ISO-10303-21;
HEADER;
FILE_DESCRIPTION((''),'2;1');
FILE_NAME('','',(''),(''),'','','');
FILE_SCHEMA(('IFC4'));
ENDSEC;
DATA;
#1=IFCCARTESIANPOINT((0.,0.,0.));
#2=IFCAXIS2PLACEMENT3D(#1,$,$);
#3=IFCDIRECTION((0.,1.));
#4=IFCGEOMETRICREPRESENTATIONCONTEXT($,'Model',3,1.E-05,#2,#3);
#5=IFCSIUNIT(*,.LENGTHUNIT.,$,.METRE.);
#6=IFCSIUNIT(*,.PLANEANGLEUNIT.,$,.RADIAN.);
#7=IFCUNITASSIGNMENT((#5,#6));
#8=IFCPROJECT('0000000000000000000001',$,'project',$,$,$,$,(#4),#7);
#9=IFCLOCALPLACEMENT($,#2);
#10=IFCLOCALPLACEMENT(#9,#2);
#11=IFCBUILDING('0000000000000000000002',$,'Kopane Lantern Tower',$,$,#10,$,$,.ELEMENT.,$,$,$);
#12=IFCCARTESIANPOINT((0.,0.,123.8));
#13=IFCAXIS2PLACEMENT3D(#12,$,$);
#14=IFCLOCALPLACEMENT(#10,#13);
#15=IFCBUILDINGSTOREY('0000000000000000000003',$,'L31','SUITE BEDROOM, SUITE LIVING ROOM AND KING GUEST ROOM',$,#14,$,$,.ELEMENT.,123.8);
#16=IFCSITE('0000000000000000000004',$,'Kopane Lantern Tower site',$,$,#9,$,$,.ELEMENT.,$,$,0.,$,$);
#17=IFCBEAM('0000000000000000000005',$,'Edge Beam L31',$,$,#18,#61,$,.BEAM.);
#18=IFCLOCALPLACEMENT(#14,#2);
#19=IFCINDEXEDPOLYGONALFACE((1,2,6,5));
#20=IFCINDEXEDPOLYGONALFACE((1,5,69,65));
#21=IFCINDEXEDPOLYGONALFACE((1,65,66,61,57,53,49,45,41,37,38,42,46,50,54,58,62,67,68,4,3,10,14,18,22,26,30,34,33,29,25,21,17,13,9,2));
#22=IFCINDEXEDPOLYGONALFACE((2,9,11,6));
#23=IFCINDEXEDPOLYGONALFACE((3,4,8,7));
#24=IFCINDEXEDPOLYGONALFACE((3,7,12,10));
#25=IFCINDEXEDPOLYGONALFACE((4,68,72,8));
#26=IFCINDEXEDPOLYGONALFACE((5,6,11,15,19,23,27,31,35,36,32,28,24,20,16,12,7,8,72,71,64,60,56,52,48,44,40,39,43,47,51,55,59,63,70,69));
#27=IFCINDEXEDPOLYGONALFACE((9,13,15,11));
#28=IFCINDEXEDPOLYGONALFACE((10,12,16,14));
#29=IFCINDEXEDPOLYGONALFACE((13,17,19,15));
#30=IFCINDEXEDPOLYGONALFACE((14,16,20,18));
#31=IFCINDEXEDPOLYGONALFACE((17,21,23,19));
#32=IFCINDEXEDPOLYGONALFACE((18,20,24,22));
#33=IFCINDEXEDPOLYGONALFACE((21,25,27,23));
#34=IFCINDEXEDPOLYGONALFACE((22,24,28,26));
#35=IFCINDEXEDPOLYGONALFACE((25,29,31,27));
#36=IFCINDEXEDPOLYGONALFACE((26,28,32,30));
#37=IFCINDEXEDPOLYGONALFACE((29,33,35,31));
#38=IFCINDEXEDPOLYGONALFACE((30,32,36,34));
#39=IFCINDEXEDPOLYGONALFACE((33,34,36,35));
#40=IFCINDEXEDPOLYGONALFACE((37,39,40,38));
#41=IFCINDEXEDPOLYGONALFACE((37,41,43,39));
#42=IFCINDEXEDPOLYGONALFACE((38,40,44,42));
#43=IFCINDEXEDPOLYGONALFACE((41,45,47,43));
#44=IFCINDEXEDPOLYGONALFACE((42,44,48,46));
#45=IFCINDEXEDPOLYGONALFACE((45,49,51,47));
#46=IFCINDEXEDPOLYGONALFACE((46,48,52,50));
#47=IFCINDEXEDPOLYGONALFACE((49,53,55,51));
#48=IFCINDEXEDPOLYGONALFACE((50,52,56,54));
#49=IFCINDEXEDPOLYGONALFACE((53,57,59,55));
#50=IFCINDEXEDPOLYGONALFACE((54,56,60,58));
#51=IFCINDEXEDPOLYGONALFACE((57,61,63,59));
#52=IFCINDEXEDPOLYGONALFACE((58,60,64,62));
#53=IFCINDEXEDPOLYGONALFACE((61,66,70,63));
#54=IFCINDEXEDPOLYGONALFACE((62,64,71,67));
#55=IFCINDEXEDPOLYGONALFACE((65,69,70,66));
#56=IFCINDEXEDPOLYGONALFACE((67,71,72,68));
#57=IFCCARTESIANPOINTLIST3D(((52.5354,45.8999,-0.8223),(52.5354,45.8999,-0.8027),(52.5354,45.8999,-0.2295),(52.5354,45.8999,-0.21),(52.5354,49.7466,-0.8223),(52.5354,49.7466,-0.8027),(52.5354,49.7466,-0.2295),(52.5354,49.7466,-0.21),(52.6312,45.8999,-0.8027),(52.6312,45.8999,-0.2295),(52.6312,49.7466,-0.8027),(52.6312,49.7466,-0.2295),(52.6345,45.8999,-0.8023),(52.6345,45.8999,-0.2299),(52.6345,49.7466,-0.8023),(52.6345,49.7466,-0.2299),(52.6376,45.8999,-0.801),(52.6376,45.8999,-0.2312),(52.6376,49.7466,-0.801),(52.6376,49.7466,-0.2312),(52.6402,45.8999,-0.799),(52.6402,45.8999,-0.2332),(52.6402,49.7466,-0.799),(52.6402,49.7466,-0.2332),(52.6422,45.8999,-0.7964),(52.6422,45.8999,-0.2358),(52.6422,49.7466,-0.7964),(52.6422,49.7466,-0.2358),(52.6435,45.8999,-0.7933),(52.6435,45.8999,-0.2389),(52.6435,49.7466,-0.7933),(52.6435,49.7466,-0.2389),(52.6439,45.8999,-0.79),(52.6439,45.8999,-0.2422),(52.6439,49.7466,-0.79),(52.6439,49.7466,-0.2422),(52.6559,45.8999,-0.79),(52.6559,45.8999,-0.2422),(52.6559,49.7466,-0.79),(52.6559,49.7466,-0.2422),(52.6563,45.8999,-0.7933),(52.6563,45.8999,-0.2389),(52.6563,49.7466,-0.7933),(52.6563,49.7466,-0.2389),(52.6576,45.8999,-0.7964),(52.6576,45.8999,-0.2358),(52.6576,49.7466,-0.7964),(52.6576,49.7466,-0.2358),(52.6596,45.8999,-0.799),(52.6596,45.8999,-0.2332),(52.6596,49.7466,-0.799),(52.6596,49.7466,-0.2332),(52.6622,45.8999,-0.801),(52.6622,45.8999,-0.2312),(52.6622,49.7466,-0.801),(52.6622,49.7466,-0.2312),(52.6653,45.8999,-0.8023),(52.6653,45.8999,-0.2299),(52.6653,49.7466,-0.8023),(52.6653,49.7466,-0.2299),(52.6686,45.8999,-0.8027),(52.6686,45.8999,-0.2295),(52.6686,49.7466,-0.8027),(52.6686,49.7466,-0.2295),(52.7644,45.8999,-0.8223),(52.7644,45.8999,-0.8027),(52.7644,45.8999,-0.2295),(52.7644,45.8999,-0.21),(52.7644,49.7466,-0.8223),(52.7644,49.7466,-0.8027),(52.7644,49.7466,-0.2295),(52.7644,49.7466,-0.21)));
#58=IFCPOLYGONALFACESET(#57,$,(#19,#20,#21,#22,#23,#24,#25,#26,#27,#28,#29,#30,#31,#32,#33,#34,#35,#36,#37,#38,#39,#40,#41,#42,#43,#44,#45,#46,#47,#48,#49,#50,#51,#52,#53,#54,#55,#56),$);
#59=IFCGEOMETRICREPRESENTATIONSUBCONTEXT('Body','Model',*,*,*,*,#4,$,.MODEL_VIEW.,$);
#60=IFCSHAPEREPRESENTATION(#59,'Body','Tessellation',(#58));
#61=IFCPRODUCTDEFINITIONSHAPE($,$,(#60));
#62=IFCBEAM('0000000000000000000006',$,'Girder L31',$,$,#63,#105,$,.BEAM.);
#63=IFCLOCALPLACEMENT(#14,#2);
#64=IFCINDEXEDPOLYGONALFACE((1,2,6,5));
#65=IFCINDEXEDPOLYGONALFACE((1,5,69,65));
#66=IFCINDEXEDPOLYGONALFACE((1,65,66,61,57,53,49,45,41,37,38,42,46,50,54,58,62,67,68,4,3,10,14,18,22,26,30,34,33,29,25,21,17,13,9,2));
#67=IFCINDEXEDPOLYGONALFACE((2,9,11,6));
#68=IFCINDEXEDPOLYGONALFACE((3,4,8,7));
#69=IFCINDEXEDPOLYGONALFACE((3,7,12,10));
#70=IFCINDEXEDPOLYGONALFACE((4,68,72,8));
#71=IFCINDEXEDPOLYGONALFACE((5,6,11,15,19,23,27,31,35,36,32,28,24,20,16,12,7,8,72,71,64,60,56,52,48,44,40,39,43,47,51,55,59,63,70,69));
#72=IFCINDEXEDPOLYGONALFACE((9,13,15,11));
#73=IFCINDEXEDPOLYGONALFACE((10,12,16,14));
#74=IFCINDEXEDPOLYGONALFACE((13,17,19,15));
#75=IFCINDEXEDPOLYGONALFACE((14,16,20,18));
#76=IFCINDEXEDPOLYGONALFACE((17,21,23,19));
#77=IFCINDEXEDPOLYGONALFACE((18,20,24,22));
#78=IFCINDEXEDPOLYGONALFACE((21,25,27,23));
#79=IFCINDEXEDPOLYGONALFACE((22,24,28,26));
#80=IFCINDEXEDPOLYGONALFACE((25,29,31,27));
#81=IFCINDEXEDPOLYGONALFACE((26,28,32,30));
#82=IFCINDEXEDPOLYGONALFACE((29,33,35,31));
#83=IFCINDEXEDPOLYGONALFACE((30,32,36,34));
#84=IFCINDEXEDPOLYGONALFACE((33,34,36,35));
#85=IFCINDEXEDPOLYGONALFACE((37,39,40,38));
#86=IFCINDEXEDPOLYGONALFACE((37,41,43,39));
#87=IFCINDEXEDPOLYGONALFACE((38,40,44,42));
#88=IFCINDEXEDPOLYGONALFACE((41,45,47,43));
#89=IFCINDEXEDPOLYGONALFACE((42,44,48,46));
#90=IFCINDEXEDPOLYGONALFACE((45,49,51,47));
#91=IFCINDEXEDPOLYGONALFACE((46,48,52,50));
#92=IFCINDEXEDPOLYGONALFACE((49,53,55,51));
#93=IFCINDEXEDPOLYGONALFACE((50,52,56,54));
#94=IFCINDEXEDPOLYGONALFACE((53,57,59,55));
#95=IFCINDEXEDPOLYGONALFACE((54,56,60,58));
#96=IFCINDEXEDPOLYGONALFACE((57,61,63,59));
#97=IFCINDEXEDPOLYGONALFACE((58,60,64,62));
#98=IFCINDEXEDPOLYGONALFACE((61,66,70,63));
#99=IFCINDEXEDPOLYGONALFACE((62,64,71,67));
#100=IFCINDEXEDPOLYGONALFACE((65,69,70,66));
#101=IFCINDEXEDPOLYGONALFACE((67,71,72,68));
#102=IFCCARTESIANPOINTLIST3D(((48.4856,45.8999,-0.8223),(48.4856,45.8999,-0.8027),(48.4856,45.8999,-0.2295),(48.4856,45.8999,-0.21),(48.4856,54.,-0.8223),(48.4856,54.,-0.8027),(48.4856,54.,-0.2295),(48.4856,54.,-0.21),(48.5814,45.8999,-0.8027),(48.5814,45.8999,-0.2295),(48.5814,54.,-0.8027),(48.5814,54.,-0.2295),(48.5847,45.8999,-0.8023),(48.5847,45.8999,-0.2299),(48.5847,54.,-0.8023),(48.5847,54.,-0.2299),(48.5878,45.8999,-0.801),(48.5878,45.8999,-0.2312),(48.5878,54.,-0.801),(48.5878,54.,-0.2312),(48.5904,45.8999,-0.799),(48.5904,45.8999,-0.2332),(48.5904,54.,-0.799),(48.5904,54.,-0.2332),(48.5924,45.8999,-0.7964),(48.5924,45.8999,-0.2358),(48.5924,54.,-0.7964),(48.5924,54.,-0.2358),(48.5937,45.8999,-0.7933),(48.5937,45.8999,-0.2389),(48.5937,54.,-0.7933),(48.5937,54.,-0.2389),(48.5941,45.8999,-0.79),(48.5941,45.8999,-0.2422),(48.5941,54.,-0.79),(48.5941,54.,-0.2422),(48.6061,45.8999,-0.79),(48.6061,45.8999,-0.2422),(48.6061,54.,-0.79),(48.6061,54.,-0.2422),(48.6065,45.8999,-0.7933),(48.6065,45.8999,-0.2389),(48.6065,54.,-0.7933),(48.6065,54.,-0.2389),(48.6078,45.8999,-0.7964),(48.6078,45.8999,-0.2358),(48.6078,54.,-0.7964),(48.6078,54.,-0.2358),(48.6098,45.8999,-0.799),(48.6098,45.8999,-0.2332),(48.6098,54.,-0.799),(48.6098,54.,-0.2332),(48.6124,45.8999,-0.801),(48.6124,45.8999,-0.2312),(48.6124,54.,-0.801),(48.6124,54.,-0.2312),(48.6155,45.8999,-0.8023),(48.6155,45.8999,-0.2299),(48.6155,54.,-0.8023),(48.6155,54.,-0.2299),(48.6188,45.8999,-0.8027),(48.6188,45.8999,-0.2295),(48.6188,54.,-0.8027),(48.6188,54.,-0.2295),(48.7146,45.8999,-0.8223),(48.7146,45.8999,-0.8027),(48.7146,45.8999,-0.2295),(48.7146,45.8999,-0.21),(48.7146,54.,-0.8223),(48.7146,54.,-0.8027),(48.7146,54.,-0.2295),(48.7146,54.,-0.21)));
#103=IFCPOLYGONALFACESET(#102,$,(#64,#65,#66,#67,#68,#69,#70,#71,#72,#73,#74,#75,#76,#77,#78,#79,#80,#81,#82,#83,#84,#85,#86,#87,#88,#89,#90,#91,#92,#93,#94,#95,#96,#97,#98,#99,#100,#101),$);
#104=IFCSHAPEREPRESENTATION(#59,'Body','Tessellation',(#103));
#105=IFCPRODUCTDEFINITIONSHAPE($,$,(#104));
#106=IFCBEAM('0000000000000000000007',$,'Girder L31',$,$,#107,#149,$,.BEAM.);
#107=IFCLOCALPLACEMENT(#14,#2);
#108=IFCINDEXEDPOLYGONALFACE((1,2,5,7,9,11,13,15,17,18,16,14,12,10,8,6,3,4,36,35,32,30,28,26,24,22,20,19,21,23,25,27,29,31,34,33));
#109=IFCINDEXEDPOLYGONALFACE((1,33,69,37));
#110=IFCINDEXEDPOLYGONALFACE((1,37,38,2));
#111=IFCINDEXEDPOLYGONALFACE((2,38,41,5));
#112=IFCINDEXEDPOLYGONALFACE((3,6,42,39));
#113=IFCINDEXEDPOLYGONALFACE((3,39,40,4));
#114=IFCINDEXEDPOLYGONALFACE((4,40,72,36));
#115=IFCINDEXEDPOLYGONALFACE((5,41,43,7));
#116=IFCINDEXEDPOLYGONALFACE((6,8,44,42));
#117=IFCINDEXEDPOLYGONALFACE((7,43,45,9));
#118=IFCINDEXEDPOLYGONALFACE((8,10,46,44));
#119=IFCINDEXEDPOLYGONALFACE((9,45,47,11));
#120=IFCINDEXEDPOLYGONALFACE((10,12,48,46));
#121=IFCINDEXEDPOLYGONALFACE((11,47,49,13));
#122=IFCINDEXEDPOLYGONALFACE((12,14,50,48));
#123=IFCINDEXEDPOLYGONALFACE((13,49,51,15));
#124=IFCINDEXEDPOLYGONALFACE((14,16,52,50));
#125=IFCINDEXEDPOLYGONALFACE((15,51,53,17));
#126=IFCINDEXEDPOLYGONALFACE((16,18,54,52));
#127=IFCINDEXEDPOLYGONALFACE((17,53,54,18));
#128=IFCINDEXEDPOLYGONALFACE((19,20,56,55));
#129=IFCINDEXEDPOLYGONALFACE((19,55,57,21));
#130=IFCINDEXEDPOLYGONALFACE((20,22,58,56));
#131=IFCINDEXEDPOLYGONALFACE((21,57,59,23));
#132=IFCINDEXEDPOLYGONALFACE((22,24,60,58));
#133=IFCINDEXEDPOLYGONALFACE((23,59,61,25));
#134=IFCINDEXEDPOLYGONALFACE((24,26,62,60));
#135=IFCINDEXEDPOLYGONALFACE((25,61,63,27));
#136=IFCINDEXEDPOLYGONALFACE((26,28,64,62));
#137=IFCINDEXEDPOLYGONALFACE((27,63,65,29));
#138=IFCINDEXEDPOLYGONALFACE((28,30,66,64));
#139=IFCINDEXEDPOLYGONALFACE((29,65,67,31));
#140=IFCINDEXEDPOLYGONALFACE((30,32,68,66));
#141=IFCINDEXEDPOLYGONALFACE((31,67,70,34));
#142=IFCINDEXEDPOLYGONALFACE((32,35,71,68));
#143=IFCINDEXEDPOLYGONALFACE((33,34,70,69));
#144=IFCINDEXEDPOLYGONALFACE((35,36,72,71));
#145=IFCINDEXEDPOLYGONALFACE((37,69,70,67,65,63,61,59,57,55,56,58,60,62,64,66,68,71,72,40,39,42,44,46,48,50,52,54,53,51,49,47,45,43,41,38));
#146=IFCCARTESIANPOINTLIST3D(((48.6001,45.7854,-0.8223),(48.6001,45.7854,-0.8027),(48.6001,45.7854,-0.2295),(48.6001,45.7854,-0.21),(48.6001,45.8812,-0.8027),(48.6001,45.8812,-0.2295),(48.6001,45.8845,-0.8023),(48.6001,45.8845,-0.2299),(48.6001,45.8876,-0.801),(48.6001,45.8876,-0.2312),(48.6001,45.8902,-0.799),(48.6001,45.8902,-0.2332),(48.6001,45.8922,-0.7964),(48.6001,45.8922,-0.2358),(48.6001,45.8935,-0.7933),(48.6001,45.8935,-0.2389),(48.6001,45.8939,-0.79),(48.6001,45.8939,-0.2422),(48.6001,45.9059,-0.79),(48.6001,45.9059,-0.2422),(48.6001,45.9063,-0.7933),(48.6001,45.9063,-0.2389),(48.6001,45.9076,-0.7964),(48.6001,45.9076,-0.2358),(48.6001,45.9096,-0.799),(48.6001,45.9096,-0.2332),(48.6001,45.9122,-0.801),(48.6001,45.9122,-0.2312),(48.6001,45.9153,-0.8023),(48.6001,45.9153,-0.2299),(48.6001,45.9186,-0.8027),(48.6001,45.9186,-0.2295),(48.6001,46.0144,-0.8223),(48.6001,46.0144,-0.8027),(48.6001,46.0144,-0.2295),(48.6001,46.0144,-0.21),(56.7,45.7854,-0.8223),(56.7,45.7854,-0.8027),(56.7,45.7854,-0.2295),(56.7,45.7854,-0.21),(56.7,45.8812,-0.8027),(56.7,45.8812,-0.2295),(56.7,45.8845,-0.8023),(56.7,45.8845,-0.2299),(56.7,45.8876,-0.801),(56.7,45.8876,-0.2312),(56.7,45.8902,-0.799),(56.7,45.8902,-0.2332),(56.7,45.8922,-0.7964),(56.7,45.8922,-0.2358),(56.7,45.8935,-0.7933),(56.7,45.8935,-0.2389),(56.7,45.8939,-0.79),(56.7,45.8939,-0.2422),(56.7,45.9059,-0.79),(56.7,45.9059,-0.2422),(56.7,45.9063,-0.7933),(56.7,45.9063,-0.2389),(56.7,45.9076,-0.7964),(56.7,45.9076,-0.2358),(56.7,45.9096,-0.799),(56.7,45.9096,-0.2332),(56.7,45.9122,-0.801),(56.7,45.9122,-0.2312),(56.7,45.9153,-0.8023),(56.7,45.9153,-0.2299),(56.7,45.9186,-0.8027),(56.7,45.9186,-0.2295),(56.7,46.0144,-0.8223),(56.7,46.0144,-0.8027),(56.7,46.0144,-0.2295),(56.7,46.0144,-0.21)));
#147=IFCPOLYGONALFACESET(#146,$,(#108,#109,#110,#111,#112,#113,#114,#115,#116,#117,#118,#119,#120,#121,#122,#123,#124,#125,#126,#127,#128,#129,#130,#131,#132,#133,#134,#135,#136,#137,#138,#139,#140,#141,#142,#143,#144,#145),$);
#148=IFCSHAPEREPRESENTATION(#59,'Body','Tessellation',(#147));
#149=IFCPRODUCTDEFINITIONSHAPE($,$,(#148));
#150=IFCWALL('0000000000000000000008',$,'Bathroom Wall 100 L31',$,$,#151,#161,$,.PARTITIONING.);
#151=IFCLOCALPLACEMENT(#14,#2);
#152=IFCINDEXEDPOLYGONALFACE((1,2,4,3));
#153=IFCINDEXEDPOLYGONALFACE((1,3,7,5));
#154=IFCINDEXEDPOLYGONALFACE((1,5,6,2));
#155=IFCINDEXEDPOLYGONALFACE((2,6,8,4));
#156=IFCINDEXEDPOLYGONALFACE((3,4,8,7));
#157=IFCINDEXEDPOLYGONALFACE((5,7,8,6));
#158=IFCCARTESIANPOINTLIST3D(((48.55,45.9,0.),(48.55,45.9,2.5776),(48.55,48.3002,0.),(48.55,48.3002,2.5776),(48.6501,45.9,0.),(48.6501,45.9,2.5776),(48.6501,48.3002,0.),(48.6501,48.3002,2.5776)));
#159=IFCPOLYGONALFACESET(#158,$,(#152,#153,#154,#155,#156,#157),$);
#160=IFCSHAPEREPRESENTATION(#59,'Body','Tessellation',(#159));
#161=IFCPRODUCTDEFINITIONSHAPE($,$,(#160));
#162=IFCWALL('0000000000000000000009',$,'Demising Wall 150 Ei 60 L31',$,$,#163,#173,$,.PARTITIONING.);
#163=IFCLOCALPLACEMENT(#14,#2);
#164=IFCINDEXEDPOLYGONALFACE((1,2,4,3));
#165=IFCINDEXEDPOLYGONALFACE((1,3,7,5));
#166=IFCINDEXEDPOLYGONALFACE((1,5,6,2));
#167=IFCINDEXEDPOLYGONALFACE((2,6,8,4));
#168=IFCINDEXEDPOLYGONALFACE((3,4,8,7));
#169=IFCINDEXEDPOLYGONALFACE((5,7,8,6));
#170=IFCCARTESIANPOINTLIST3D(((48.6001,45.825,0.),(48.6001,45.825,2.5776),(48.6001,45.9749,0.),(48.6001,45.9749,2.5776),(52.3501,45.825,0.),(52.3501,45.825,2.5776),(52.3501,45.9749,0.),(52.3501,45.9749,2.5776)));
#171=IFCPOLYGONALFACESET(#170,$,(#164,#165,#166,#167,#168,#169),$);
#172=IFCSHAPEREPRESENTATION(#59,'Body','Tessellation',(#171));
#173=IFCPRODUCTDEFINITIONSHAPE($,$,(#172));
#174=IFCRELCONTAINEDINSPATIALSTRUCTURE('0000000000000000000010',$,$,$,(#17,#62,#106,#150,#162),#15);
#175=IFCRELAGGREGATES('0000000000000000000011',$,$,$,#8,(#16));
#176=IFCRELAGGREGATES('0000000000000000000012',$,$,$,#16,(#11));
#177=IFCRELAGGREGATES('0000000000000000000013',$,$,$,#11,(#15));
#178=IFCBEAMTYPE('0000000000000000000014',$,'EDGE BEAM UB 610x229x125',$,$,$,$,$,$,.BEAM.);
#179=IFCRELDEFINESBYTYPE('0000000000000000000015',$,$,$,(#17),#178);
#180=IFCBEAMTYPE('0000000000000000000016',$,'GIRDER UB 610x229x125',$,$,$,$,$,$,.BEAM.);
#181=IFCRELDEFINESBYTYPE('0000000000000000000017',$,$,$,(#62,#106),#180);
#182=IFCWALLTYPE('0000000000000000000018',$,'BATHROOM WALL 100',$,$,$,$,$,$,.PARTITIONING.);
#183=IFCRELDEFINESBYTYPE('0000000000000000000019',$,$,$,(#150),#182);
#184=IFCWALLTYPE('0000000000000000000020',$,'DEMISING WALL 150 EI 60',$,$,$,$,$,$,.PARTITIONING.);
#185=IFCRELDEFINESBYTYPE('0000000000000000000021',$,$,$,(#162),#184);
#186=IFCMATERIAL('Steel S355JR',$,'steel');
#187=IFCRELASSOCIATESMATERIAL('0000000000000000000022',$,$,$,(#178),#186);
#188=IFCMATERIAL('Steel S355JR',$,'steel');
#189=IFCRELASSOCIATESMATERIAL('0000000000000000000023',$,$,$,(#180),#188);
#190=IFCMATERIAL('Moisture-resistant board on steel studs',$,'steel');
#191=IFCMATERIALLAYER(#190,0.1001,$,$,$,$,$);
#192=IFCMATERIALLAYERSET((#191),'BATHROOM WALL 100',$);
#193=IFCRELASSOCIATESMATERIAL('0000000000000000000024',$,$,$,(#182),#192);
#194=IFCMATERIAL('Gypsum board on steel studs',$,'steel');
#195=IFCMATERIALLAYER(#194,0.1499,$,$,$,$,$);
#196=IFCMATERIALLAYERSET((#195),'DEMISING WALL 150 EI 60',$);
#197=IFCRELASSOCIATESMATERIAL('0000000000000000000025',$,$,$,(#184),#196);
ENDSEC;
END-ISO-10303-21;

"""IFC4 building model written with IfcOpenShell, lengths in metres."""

from ifc_helpers import new_model, si_unit, direction, frame, frame_2d, origin, origin_2d, place, context, subcontext, project, spatial, rectangle, i_section, extrude, material, layer, layer_set, material_profile, profile_set, type_object, element, save


model = new_model("IFC4")

# Units and contexts
model_context = context("Model", 3, precision=1e-05, world=origin(), true_north=direction((0.0, 1.0)))
body_context = subcontext(model_context, "Body", "Model", "MODEL_VIEW")
ifc_project = project(units=[si_unit("LENGTHUNIT", "METRE"), si_unit("PLANEANGLEUNIT", "RADIAN")], contexts=[model_context])

# Site, building, storey
site_placement = place(None, origin())
site = spatial("IfcSite", under=ifc_project, at=site_placement, Name="Kopane Lantern Tower site", CompositionType="ELEMENT", RefElevation=0.0)
building_placement = place(site_placement, origin())
building = spatial("IfcBuilding", under=site, at=building_placement, Name="Kopane Lantern Tower", CompositionType="ELEMENT")
storey_placement = place(building_placement, frame((0.0, 0.0, 123.8)))
storey = spatial("IfcBuildingStorey", under=building, at=storey_placement, Name="L31", Description="SUITE BEDROOM, SUITE LIVING ROOM AND KING GUEST ROOM", CompositionType="ELEMENT", Elevation=123.8)

# Beams
ifc_material_1 = material(Name="Steel S355JR", Category="steel")
ifc_material_profile_1 = material_profile(ifc_material_1, i_section(OverallWidth=0.229, OverallDepth=0.6123, WebThickness=0.012, FlangeThickness=0.0195, FilletRadius=0.0127, at=origin_2d()), Name="UB 610x229x125")
ifc_profile_set_1 = profile_set([ifc_material_profile_1], Name="Steel S355JR")
beam_type_1 = type_object("IfcBeamType", Name="EDGE BEAM UB 610x229x125", PredefinedType="BEAM", material=ifc_profile_set_1)
beam_1_placement = place(storey_placement, frame((52.6499, 49.7466, -0.5161), z_axis=(0.0, -1.0, 0.0), x_axis=(1.0, 0.0, 0.0)))
element("IfcBeam", 1, at=beam_1_placement, inside=storey, type_object=beam_type_1, Name="Edge Beam L31", PredefinedType="BEAM", context=body_context, shape_type="SweptSolid", body=[
    extrude(i_section(OverallWidth=0.229, OverallDepth=0.6123, WebThickness=0.012, FlangeThickness=0.0195, FilletRadius=0.0127, at=origin_2d()), origin(), (0.0, 0.0, 1.0), 3.8467),
])
ifc_material_2 = material(Name="Steel S355JR", Category="steel")
ifc_material_profile_2 = material_profile(ifc_material_2, i_section(OverallWidth=0.229, OverallDepth=0.6123, WebThickness=0.012, FlangeThickness=0.0195, FilletRadius=0.0127, at=origin_2d()), Name="UB 610x229x125")
ifc_profile_set_2 = profile_set([ifc_material_profile_2], Name="Steel S355JR")
beam_type_2 = type_object("IfcBeamType", Name="GIRDER UB 610x229x125", PredefinedType="BEAM", material=ifc_profile_set_2)
beam_2_placement = place(storey_placement, frame((48.6001, 45.8999, -0.5161), z_axis=(0.0, 1.0, 0.0), x_axis=(-1.0, 0.0, 0.0)))
element("IfcBeam", 2, at=beam_2_placement, inside=storey, type_object=beam_type_2, Name="Girder L31", PredefinedType="BEAM", context=body_context, shape_type="SweptSolid", body=[
    extrude(i_section(OverallWidth=0.229, OverallDepth=0.6123, WebThickness=0.012, FlangeThickness=0.0195, FilletRadius=0.0127, at=origin_2d()), origin(), (0.0, 0.0, 1.0), 8.1001),
])
beam_3_placement = place(storey_placement, frame((48.6001, 45.8999, -0.5161), z_axis=(1.0, 0.0, 0.0), x_axis=(0.0, 1.0, 0.0)))
element("IfcBeam", 3, at=beam_3_placement, inside=storey, type_object=beam_type_2, Name="Girder L31", PredefinedType="BEAM", context=body_context, shape_type="SweptSolid", body=[
    extrude(i_section(OverallWidth=0.229, OverallDepth=0.6123, WebThickness=0.012, FlangeThickness=0.0195, FilletRadius=0.0127, at=origin_2d()), origin(), (0.0, 0.0, 1.0), 8.0999),
])

# Walls
ifc_material_3 = material(Name="Moisture-resistant board on steel studs", Category="steel")
ifc_layer_1 = layer(ifc_material_3, 0.1001)
ifc_layer_set_1 = layer_set([ifc_layer_1], Name="BATHROOM WALL 100")
wall_type_1 = type_object("IfcWallType", Name="BATHROOM WALL 100", PredefinedType="PARTITIONING", material=ifc_layer_set_1)
wall_1_placement = place(storey_placement, frame((48.6001, 45.8999, 0.0), z_axis=(0.0, 0.0, 1.0), x_axis=(0.0, 1.0, 0.0)))
element("IfcWall", 4, at=wall_1_placement, inside=storey, type_object=wall_type_1, Name="Bathroom Wall 100 L31", PredefinedType="PARTITIONING", context=body_context, shape_type="SweptSolid", body=[
    extrude(rectangle(XDim=2.4001, YDim=0.1001, at=frame_2d((1.2002, 0.0))), origin(), (0.0, 0.0, 1.0), 2.5776),
])
ifc_material_4 = material(Name="Gypsum board on steel studs", Category="steel")
ifc_layer_2 = layer(ifc_material_4, 0.1499)
ifc_layer_set_2 = layer_set([ifc_layer_2], Name="DEMISING WALL 150 EI 60")
wall_type_2 = type_object("IfcWallType", Name="DEMISING WALL 150 EI 60", PredefinedType="PARTITIONING", material=ifc_layer_set_2)
wall_2_placement = place(storey_placement, frame((48.6001, 45.8999, 0.0), z_axis=(0.0, 0.0, 1.0), x_axis=(1.0, 0.0, 0.0)))
element("IfcWall", 5, at=wall_2_placement, inside=storey, type_object=wall_type_2, Name="Demising Wall 150 Ei 60 L31", PredefinedType="PARTITIONING", context=body_context, shape_type="SweptSolid", body=[
    extrude(rectangle(XDim=3.75, YDim=0.1499, at=frame_2d((1.875, 0.0))), origin(), (0.0, 0.0, 1.0), 2.5776),
])

save(model, "model.ifc")
